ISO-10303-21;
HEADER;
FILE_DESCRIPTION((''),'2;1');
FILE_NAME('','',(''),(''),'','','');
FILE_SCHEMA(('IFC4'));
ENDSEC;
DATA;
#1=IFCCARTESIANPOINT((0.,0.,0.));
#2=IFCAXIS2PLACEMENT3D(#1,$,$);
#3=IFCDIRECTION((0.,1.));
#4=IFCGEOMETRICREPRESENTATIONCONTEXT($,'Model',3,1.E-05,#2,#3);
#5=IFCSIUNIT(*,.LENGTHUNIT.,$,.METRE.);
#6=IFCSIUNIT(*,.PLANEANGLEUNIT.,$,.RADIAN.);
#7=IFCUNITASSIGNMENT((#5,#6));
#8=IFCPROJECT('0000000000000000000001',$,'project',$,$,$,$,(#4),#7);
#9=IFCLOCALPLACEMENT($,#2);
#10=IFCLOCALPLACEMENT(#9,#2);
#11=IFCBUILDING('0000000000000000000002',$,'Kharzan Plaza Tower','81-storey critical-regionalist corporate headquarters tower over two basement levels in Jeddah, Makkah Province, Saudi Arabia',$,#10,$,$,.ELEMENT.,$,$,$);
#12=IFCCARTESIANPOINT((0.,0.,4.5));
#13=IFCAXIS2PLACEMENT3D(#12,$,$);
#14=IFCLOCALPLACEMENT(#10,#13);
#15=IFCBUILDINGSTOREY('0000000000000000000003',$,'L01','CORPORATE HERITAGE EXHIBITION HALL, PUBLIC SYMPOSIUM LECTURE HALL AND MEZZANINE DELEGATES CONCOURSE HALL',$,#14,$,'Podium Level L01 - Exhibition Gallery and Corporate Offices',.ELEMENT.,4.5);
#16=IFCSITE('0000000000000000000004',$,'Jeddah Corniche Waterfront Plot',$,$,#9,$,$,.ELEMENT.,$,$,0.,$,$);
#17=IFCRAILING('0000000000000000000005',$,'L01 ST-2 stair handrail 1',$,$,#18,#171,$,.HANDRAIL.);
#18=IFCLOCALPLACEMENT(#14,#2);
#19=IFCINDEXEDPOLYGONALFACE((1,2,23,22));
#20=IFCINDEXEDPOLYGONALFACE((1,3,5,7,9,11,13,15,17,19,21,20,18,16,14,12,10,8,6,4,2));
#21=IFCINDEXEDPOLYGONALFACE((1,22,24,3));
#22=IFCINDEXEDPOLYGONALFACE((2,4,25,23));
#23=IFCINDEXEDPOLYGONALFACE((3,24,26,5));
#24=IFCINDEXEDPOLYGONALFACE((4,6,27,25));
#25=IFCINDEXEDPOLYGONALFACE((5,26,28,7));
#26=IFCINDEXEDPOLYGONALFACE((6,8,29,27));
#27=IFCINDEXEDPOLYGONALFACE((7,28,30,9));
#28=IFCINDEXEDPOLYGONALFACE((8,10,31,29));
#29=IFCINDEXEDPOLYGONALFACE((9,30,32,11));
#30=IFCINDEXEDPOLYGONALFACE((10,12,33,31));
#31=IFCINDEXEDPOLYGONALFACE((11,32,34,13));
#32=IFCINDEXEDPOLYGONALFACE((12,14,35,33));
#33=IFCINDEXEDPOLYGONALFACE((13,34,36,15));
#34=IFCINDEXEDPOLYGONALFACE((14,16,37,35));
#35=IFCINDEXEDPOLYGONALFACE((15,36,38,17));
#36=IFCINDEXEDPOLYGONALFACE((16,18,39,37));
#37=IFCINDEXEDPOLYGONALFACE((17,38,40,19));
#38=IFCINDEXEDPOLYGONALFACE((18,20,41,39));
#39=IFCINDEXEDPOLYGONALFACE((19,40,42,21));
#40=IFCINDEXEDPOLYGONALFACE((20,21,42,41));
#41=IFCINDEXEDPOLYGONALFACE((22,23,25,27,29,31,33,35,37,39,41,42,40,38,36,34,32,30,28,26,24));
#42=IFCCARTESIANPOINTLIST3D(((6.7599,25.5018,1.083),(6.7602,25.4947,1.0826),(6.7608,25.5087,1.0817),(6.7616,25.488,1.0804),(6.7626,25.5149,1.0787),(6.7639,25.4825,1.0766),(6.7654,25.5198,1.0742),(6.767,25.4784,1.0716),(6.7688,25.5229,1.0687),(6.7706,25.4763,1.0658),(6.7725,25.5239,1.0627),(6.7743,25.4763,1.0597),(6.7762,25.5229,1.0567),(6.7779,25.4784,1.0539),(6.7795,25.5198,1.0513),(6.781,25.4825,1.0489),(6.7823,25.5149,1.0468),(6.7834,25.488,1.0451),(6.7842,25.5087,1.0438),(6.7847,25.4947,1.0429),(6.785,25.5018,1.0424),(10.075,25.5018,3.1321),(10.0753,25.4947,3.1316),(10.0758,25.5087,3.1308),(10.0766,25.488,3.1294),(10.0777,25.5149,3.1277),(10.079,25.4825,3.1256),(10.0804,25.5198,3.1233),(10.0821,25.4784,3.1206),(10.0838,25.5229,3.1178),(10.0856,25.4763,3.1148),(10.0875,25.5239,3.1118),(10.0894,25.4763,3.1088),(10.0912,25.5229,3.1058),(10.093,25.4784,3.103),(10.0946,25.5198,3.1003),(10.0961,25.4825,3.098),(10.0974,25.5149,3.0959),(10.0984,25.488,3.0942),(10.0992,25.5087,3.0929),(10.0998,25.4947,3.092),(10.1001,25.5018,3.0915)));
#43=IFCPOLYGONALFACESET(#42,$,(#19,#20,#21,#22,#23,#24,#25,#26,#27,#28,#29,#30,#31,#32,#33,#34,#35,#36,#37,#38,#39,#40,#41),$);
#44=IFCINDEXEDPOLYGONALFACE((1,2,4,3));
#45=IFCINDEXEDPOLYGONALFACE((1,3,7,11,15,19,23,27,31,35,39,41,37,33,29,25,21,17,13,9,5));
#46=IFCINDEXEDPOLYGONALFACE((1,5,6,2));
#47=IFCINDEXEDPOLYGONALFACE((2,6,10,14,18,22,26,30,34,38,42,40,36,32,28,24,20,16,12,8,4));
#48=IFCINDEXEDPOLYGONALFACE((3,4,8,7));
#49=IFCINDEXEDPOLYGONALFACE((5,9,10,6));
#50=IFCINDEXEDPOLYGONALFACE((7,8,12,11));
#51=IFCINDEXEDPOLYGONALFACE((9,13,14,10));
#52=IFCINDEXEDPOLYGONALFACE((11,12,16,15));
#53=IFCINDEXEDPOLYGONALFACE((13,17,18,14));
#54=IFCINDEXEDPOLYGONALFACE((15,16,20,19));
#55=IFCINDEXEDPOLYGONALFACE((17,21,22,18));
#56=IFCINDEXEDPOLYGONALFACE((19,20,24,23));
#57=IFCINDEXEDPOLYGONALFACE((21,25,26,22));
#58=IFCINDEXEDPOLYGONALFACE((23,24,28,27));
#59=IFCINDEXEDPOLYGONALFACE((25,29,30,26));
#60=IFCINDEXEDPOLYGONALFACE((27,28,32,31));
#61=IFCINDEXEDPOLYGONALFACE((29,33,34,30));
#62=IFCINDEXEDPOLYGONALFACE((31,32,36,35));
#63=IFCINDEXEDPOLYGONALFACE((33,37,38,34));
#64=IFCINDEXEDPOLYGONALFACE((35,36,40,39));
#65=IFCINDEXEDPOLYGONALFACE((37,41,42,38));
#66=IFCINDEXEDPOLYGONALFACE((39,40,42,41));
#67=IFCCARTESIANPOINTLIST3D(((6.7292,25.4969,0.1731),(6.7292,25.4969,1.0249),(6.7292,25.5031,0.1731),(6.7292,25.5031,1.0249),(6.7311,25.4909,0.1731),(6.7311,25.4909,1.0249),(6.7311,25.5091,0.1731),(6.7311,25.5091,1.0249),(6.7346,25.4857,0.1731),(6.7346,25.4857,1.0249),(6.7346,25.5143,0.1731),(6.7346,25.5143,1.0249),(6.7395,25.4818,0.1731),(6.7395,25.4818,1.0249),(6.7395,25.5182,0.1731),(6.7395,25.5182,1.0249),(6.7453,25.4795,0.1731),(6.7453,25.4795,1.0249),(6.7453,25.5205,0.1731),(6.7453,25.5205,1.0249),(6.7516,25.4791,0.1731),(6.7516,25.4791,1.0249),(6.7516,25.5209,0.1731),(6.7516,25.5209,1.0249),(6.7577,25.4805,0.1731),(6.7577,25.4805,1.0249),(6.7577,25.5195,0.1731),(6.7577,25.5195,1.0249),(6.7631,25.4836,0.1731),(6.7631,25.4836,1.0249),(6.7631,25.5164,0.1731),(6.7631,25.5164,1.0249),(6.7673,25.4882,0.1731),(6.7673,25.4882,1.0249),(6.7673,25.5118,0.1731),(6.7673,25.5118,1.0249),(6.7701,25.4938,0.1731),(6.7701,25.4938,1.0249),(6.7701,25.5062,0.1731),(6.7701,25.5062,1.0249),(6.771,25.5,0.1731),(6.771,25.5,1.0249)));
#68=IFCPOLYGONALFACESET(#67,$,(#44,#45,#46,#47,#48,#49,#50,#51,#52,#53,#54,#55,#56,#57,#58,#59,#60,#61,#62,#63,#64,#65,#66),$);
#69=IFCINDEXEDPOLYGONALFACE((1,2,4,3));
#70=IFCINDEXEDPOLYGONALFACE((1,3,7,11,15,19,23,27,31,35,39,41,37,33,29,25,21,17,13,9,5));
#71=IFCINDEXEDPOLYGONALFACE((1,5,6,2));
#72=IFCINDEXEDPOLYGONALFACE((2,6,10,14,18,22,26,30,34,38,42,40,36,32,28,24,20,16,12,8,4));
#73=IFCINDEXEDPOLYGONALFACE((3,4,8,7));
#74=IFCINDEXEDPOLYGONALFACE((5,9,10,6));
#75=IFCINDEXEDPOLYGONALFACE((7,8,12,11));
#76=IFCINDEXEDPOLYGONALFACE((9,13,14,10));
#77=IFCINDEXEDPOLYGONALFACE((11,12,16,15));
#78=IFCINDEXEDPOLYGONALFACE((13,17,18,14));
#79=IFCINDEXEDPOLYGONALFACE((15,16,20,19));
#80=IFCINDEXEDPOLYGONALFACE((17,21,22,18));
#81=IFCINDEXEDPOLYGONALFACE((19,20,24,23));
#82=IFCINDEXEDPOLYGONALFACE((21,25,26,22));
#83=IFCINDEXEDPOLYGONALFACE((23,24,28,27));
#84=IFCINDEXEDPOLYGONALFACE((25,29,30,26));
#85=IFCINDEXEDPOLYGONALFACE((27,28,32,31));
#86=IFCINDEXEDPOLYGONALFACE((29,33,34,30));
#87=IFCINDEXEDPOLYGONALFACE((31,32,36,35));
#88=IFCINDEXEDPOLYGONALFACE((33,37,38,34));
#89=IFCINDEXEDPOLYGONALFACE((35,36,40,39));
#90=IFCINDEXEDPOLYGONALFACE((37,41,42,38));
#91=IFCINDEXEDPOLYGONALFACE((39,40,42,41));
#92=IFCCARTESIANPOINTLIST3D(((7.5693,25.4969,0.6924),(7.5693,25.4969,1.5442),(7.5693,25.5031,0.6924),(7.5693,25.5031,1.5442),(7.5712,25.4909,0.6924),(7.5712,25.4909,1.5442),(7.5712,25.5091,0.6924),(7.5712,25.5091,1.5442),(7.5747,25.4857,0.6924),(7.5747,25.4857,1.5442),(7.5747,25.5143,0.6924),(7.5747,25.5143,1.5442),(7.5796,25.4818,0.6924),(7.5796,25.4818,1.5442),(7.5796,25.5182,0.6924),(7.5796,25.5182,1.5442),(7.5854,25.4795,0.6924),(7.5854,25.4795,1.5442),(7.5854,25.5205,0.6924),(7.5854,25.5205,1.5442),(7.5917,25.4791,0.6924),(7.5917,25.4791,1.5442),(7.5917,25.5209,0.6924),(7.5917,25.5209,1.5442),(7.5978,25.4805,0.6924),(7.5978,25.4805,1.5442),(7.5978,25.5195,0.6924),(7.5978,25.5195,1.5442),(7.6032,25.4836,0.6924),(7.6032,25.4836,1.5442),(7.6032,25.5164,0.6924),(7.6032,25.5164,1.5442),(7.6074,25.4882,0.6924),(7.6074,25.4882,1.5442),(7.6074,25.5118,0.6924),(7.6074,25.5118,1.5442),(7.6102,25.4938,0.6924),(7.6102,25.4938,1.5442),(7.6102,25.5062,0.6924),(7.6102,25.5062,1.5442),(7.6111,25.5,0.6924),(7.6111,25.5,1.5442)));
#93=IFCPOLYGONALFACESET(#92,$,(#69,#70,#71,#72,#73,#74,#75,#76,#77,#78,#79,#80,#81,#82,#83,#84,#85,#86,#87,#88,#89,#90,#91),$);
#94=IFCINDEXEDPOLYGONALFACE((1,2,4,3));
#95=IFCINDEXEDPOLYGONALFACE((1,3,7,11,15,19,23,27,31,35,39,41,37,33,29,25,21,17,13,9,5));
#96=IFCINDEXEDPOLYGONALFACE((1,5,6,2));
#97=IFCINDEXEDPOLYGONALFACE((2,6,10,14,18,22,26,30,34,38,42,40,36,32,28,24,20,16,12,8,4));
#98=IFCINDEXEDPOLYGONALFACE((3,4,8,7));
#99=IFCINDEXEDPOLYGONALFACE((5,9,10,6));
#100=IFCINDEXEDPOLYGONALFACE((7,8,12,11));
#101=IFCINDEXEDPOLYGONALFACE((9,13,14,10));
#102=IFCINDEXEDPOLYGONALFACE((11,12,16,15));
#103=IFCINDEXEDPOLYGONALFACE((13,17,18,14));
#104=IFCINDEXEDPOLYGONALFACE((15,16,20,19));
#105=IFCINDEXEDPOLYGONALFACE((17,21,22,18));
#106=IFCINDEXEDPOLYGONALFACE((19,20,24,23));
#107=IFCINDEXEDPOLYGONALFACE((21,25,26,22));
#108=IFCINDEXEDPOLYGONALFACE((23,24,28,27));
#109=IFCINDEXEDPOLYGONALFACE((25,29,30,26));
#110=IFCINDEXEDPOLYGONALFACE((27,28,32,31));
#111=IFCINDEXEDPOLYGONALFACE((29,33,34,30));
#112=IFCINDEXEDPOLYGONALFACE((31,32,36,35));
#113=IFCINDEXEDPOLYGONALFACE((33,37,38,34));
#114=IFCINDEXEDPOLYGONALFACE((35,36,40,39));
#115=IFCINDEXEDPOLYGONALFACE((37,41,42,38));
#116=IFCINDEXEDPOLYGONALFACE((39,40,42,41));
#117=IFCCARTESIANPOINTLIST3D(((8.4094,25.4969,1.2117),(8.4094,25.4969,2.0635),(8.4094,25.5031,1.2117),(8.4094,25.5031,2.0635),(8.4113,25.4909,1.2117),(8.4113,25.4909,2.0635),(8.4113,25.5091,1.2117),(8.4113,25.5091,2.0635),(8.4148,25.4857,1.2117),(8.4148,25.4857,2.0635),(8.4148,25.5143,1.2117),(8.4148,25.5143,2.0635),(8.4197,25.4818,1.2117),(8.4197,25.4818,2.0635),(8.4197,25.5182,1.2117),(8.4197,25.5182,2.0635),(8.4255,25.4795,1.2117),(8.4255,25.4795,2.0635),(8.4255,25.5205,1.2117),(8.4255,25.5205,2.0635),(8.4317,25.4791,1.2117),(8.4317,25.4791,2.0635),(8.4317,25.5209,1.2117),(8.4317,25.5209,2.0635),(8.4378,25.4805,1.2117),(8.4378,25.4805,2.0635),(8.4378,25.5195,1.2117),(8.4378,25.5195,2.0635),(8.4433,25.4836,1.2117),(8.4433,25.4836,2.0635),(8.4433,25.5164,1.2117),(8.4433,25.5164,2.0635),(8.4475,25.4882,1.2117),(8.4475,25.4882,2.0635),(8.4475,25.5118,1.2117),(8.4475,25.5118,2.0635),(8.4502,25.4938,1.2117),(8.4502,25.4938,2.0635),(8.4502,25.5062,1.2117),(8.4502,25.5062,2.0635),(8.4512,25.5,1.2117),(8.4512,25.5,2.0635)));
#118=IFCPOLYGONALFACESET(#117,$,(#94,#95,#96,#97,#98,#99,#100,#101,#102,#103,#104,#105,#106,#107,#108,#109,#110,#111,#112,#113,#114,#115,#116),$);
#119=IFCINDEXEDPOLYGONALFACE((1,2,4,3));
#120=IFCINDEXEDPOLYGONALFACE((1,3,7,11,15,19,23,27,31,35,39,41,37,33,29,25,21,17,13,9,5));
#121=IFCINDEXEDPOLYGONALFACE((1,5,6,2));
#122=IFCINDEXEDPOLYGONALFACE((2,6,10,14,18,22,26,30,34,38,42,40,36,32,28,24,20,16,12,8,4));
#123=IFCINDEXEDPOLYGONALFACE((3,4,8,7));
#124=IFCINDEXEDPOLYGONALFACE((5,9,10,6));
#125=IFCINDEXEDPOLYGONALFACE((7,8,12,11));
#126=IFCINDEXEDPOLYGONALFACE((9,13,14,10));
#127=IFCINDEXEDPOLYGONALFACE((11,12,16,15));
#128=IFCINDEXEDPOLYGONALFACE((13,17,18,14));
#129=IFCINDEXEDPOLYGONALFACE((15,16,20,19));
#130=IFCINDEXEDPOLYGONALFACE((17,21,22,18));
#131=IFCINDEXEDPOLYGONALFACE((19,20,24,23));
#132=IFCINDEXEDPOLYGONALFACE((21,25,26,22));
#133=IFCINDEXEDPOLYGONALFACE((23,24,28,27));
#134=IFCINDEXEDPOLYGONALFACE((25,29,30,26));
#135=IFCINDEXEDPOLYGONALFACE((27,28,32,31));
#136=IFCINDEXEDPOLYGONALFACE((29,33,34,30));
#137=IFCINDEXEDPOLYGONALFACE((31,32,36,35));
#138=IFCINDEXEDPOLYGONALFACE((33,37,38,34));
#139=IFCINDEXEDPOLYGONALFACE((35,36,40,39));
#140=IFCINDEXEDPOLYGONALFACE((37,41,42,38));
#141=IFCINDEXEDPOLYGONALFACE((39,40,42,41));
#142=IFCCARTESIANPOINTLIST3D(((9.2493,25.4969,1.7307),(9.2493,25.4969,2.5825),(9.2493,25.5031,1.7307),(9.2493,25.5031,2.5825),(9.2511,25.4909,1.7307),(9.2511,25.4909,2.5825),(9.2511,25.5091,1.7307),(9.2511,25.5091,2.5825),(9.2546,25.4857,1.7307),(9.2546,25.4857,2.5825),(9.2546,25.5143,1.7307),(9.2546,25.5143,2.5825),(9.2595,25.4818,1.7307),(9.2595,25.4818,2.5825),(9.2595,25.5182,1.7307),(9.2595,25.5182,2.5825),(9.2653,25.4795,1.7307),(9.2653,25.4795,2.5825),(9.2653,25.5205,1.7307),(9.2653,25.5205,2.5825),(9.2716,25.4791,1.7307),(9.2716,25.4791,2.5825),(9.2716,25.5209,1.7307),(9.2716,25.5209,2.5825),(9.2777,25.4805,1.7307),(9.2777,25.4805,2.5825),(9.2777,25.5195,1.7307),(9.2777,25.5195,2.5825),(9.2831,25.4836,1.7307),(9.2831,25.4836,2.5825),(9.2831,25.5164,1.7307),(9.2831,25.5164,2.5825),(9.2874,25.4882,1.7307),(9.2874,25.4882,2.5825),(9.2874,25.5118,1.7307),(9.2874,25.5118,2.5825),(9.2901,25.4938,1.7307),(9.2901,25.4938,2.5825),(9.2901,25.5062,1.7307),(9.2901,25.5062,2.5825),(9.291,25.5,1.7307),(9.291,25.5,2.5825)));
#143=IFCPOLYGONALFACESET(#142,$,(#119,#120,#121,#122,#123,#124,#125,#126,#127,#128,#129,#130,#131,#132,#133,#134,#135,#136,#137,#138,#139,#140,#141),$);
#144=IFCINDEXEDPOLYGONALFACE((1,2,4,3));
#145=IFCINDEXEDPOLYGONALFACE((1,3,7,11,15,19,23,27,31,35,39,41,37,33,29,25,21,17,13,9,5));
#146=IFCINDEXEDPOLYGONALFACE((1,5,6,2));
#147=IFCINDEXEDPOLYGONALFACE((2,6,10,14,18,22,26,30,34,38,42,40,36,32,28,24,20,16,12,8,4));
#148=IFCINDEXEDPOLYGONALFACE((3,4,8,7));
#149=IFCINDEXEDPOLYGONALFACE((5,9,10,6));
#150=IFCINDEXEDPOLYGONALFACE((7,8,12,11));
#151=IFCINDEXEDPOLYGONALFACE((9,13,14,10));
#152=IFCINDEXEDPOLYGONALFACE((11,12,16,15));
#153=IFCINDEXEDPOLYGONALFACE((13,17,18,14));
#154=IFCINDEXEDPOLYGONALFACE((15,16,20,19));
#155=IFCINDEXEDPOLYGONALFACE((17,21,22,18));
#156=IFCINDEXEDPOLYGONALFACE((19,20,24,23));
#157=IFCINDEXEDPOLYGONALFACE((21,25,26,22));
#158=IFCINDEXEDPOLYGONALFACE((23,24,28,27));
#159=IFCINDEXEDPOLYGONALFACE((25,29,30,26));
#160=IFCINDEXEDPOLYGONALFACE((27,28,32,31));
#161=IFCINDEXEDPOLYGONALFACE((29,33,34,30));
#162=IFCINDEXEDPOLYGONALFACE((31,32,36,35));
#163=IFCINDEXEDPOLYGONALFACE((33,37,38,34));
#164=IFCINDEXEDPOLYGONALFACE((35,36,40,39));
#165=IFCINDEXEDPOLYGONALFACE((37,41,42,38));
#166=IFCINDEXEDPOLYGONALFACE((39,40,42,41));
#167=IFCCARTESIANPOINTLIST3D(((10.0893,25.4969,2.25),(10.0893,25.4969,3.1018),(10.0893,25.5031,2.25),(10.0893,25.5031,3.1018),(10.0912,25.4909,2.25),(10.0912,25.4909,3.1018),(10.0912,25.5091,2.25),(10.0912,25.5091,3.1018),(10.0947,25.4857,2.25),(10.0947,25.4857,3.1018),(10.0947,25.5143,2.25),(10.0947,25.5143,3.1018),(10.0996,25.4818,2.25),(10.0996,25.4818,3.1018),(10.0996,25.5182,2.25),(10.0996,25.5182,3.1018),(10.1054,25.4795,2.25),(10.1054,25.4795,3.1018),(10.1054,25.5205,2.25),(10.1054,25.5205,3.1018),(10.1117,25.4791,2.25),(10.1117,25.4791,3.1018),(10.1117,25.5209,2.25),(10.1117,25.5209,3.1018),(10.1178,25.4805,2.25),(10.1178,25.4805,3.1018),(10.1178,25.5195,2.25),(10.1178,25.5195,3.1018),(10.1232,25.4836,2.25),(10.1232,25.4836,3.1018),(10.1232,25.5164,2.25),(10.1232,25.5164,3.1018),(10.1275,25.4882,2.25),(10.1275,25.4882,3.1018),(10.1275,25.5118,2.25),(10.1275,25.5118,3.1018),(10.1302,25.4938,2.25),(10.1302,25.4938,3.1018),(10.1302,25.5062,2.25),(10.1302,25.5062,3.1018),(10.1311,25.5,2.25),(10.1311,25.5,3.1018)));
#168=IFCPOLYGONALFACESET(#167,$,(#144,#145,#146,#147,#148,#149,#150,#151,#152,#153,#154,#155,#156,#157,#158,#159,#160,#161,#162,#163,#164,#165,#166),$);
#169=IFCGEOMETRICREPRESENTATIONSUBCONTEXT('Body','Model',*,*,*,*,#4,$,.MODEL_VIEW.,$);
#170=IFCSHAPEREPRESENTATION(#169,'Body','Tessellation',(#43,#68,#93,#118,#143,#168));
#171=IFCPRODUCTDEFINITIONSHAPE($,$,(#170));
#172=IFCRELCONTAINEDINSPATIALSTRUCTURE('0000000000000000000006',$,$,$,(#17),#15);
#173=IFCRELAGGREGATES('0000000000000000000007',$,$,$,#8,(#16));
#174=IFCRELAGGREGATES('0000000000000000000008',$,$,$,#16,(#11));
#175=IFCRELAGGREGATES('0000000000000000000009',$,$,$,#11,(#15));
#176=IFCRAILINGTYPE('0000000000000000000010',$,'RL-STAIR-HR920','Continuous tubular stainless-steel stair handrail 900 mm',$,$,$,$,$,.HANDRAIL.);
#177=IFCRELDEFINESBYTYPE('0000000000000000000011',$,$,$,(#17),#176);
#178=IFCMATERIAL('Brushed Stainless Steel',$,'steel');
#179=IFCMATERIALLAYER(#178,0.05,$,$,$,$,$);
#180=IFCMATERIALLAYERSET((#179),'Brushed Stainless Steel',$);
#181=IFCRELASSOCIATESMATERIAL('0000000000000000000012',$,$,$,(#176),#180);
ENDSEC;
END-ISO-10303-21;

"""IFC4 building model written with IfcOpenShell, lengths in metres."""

from ifc_helpers import new_model, si_unit, direction, frame, origin, origin_2d, place, context, subcontext, project, spatial, circle, extrude, source, transform, mapped, material, layer, layer_set, type_object, element, save


model = new_model("IFC4")

# Units and contexts
model_context = context("Model", 3, precision=1e-05, world=origin(), true_north=direction((0.0, 1.0)))
body_context = subcontext(model_context, "Body", "Model", "MODEL_VIEW")
ifc_project = project(units=[si_unit("LENGTHUNIT", "METRE"), si_unit("PLANEANGLEUNIT", "RADIAN")], contexts=[model_context])

# Site, building, storey
site_placement = place(None, origin())
site = spatial("IfcSite", under=ifc_project, at=site_placement, Name="Jeddah Corniche Waterfront Plot", CompositionType="ELEMENT", RefElevation=0.0)
building_placement = place(site_placement, origin())
building = spatial("IfcBuilding", under=site, at=building_placement, Name="Kharzan Plaza Tower", Description="81-storey critical-regionalist corporate headquarters tower over two basement levels in Jeddah, Makkah Province, Saudi Arabia", CompositionType="ELEMENT")
storey_placement = place(building_placement, frame((0.0, 0.0, 4.5)))
storey = spatial("IfcBuildingStorey", under=building, at=storey_placement, Name="L01", Description="CORPORATE HERITAGE EXHIBITION HALL, PUBLIC SYMPOSIUM LECTURE HALL AND MEZZANINE DELEGATES CONCOURSE HALL", LongName="Podium Level L01 - Exhibition Gallery and Corporate Offices", CompositionType="ELEMENT", Elevation=4.5)

# Shared definitions
ifc_material_1 = material(Name="Brushed Stainless Steel", Category="steel")

# Railing
ifc_layer_1 = layer(ifc_material_1, 0.05)
ifc_layer_set_1 = layer_set([ifc_layer_1], Name="Brushed Stainless Steel")
railing_type_1 = type_object("IfcRailingType", Name="RL-STAIR-HR920", Description="Continuous tubular stainless-steel stair handrail 900 mm", PredefinedType="HANDRAIL", material=ifc_layer_set_1)
shared_shape_1 = source(origin(), body_context, "Body", "SweptSolid", [
    extrude(circle(Radius=0.0239, at=origin_2d()), frame((0.0225, 0.0, 0.8896), z_axis=(0.850623, 0.0, 0.525776), x_axis=(0.0, 1.0, 0.0)), (0.0, 0.0, 1.0), 3.8972),
    extrude(circle(Radius=0.021, at=origin_2d()), origin(), (0.0, 0.0, 1.0), 0.8518),
    extrude(circle(Radius=0.021, at=origin_2d()), frame((0.8401, 0.0, 0.5193)), (0.0, 0.0, 1.0), 0.8518),
    extrude(circle(Radius=0.021, at=origin_2d()), frame((1.6802, 0.0, 1.0386)), (0.0, 0.0, 1.0), 0.8518),
    extrude(circle(Radius=0.021, at=origin_2d()), frame((2.52, 0.0, 1.5576)), (0.0, 0.0, 1.0), 0.8518),
    extrude(circle(Radius=0.021, at=origin_2d()), frame((3.3601, 0.0, 2.0769)), (0.0, 0.0, 1.0), 0.8518),
])
railing_1_placement = place(storey_placement, frame((6.75, 25.5, 0.1731)))
element("IfcRailing", 1, at=railing_1_placement, inside=storey, type_object=railing_type_1, Name="L01 ST-2 stair handrail 1", PredefinedType="HANDRAIL", context=body_context, shape_type="MappedRepresentation", body=[
    mapped(shared_shape_1, transform((0.0, 0.0, 0.0), x_axis=(1.0, 0.0, 0.0), y_axis=(0.0, 1.0, 0.0), z_axis=(0.0, 0.0, 1.0))),
])

save(model, "model.ifc")
